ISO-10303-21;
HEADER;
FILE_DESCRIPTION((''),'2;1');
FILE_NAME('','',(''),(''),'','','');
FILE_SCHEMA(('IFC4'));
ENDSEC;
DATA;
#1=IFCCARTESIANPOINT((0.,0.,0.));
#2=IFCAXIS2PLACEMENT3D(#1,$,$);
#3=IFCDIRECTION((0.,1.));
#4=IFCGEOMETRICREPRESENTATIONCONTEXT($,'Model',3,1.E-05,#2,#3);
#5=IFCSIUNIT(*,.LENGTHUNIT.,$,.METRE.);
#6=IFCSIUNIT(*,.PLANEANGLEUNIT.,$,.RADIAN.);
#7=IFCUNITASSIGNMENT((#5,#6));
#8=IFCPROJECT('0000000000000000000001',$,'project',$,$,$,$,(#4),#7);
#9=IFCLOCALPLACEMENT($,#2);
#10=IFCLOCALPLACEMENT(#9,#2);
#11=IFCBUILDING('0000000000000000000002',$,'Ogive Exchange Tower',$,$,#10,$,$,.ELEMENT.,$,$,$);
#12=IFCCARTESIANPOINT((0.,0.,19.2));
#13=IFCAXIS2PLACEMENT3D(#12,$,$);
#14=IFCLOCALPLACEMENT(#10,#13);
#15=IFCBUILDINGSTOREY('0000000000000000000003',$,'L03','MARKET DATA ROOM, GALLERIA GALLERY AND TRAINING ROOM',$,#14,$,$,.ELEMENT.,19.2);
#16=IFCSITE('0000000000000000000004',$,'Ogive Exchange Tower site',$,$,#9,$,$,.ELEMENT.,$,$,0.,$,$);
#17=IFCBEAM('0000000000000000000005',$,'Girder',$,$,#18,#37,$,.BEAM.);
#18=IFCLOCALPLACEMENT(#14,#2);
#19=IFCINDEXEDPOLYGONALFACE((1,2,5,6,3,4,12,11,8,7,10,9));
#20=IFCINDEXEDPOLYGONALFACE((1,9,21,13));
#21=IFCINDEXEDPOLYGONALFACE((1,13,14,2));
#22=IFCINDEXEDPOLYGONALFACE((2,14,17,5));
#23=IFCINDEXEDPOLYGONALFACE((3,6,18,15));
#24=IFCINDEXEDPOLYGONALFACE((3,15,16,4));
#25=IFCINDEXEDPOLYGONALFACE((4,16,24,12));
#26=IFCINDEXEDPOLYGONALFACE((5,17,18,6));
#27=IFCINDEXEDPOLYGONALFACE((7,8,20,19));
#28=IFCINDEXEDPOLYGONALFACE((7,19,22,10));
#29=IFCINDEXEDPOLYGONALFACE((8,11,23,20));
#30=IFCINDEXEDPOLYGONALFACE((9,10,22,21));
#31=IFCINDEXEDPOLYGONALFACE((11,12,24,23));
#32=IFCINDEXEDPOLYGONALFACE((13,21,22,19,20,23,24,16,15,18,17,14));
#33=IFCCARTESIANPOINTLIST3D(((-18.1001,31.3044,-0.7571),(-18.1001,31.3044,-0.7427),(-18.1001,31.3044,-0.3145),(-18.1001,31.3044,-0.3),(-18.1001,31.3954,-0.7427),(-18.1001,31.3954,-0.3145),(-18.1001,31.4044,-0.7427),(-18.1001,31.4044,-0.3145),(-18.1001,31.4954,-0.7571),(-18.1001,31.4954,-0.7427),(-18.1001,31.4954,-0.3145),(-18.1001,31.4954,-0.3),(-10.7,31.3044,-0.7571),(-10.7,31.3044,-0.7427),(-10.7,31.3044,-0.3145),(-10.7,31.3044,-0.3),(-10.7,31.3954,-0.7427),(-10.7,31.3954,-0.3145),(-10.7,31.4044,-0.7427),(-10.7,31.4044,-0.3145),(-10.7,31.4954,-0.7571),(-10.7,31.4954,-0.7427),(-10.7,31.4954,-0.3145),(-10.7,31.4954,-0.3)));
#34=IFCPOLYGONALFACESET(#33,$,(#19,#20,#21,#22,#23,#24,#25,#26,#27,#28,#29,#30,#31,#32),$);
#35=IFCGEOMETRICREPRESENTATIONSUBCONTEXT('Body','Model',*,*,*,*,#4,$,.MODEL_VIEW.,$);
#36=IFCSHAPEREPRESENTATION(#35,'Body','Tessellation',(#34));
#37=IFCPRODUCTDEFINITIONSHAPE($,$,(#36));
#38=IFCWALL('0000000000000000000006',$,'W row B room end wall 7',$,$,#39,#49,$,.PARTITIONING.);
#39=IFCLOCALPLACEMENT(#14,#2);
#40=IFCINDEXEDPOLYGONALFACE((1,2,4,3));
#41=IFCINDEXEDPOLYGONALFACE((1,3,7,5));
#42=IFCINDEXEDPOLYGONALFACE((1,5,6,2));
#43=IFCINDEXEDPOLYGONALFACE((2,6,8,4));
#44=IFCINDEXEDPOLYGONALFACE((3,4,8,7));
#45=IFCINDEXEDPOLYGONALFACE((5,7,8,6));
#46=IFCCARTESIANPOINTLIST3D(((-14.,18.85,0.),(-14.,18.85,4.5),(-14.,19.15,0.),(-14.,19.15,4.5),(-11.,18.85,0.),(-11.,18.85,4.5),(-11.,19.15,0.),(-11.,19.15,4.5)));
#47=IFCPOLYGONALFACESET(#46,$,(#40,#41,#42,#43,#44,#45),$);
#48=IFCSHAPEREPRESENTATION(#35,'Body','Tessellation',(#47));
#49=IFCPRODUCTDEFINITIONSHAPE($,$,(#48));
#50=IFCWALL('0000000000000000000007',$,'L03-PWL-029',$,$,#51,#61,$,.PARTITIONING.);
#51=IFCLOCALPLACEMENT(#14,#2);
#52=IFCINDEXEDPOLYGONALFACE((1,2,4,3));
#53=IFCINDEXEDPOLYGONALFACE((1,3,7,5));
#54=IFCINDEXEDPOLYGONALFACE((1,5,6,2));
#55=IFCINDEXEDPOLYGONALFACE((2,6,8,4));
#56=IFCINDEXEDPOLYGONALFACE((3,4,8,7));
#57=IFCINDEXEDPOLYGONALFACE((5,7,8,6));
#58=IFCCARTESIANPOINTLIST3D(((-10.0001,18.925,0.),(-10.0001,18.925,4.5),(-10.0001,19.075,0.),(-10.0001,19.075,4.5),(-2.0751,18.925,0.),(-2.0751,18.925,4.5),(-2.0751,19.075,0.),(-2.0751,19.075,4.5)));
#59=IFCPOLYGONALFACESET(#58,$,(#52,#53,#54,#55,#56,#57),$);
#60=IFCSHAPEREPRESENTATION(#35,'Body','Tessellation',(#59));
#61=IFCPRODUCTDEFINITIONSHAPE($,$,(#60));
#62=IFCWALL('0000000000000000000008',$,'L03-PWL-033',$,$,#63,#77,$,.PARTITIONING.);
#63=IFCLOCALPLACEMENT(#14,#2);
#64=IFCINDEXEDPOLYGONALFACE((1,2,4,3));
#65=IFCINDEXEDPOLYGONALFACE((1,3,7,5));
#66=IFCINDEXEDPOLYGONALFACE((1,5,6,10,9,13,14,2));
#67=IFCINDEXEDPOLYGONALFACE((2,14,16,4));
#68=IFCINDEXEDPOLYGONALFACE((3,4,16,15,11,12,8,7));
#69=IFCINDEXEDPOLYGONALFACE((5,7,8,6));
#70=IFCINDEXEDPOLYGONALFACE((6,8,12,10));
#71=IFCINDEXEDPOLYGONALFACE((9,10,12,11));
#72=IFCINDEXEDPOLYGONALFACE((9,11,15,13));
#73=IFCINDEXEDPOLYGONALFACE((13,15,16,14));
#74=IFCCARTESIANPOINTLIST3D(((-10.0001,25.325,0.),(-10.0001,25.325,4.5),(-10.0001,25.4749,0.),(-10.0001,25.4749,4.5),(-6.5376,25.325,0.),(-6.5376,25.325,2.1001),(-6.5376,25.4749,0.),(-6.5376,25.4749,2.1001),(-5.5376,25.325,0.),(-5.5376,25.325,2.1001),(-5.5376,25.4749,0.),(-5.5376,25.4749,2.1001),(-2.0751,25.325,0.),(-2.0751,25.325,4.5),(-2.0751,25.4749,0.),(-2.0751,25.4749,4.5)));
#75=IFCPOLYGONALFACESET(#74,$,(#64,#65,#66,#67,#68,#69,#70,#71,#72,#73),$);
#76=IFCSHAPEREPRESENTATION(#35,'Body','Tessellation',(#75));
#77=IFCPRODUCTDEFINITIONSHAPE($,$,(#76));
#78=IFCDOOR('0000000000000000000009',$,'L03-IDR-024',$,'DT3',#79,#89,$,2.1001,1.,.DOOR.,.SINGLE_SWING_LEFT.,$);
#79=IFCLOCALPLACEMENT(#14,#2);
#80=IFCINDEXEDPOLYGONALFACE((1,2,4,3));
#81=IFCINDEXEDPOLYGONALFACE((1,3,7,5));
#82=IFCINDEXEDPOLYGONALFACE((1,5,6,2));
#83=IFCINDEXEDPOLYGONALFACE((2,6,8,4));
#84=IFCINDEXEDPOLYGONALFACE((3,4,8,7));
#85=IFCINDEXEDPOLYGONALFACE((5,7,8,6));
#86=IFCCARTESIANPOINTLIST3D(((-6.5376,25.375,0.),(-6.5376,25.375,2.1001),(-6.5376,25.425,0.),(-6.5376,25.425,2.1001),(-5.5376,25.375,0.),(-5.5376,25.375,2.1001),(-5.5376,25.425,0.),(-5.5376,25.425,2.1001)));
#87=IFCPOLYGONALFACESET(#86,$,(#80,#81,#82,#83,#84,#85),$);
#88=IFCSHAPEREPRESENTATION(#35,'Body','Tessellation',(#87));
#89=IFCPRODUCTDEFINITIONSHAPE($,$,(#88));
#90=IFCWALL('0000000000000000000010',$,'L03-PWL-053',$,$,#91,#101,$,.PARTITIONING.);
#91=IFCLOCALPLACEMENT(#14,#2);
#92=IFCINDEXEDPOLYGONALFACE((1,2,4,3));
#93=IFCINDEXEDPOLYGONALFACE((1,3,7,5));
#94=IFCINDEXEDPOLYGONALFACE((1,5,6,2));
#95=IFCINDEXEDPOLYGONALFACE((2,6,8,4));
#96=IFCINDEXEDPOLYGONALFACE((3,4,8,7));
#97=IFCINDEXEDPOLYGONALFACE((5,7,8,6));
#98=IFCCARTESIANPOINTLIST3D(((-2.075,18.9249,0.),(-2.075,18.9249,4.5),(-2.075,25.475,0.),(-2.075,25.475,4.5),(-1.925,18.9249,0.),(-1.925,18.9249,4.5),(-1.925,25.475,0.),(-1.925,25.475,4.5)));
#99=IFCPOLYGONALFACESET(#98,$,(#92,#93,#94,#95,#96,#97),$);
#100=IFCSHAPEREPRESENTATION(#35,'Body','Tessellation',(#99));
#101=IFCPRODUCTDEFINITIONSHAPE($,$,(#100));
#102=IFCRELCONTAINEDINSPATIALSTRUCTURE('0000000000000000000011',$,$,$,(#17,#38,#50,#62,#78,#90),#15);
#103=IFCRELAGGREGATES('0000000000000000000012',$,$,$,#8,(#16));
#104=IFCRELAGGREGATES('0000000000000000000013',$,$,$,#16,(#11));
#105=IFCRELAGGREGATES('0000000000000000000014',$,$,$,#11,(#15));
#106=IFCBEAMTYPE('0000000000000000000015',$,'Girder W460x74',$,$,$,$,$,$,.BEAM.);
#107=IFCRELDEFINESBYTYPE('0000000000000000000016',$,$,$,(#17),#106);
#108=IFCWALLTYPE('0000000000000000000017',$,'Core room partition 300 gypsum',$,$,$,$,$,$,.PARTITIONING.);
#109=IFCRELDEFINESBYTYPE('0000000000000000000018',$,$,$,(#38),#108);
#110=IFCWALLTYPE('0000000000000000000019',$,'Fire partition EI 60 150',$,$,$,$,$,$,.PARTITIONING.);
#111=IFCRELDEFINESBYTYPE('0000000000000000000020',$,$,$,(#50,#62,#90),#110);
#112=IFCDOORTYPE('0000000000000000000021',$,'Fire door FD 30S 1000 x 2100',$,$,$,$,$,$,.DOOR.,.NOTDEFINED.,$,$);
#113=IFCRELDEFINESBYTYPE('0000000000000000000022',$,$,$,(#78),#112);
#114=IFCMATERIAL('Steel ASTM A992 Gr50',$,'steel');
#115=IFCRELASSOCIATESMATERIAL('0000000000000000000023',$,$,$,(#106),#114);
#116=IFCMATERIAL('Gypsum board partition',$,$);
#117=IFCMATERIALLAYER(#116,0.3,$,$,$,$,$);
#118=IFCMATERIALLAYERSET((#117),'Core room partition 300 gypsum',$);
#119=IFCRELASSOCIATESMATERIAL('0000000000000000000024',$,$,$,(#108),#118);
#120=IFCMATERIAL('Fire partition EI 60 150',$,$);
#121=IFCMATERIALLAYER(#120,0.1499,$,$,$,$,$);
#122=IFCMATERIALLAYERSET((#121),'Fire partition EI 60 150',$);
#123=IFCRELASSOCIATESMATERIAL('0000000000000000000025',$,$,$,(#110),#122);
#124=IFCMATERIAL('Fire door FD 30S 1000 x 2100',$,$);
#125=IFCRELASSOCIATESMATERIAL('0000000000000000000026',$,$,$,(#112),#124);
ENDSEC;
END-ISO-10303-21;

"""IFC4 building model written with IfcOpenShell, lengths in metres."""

from ifc_helpers import new_model, si_unit, direction, frame, frame_2d, origin, origin_2d, place, context, subcontext, project, spatial, rectangle, i_section, extrude, material, layer, layer_set, material_profile, profile_set, type_object, element, fill, save


model = new_model("IFC4")

# Units and contexts
model_context = context("Model", 3, precision=1e-05, world=origin(), true_north=direction((0.0, 1.0)))
body_context = subcontext(model_context, "Body", "Model", "MODEL_VIEW")
ifc_project = project(units=[si_unit("LENGTHUNIT", "METRE"), si_unit("PLANEANGLEUNIT", "RADIAN")], contexts=[model_context])

# Site, building, storey
site_placement = place(None, origin())
site = spatial("IfcSite", under=ifc_project, at=site_placement, Name="Ogive Exchange Tower site", CompositionType="ELEMENT", RefElevation=0.0)
building_placement = place(site_placement, origin())
building = spatial("IfcBuilding", under=site, at=building_placement, Name="Ogive Exchange Tower", CompositionType="ELEMENT")
storey_placement = place(building_placement, frame((0.0, 0.0, 19.2)))
storey = spatial("IfcBuildingStorey", under=building, at=storey_placement, Name="L03", Description="MARKET DATA ROOM, GALLERIA GALLERY AND TRAINING ROOM", CompositionType="ELEMENT", Elevation=19.2)

# Beam
ifc_material_1 = material(Name="Steel ASTM A992 Gr50", Category="steel")
ifc_material_profile_1 = material_profile(ifc_material_1, i_section(OverallWidth=0.1909, OverallDepth=0.457, WebThickness=0.009, FlangeThickness=0.0144, at=origin_2d()), Name="W460x74")
ifc_profile_set_1 = profile_set([ifc_material_profile_1], Name="Steel ASTM A992 Gr50")
beam_type_1 = type_object("IfcBeamType", Name="Girder W460x74", PredefinedType="BEAM", material=ifc_profile_set_1)
beam_1_placement = place(storey_placement, frame((-10.7, 31.3999, -0.5286), z_axis=(-1.0, 0.0, 0.0), x_axis=(0.0, -1.0, 0.0)))
element("IfcBeam", 1, at=beam_1_placement, inside=storey, type_object=beam_type_1, Name="Girder", PredefinedType="BEAM", context=body_context, shape_type="SweptSolid", body=[
    extrude(i_section(OverallWidth=0.1909, OverallDepth=0.457, WebThickness=0.009, FlangeThickness=0.0144, at=origin_2d()), origin(), (0.0, 0.0, 1.0), 7.4001),
])

# Walls
ifc_material_2 = material(Name="Gypsum board partition")
ifc_layer_1 = layer(ifc_material_2, 0.3)
ifc_layer_set_1 = layer_set([ifc_layer_1], Name="Core room partition 300 gypsum")
wall_type_1 = type_object("IfcWallType", Name="Core room partition 300 gypsum", PredefinedType="PARTITIONING", material=ifc_layer_set_1)
wall_1_placement = place(storey_placement, frame((-14.0, 19.0, 0.0), z_axis=(0.0, 0.0, 1.0), x_axis=(1.0, 0.0, 0.0)))
element("IfcWall", 2, at=wall_1_placement, inside=storey, type_object=wall_type_1, Name="W row B room end wall 7", PredefinedType="PARTITIONING", context=body_context, shape_type="SweptSolid", body=[
    extrude(rectangle(XDim=3.0, YDim=0.3, at=frame_2d((1.5, 0.0))), origin(), (0.0, 0.0, 1.0), 4.5),
])
ifc_material_3 = material(Name="Fire partition EI 60 150")
ifc_layer_2 = layer(ifc_material_3, 0.1499)
ifc_layer_set_2 = layer_set([ifc_layer_2], Name="Fire partition EI 60 150")
wall_type_2 = type_object("IfcWallType", Name="Fire partition EI 60 150", PredefinedType="PARTITIONING", material=ifc_layer_set_2)
wall_2_placement = place(storey_placement, frame((-10.0, 19.0, 0.0), z_axis=(0.0, 0.0, 1.0), x_axis=(1.0, 0.0, 0.0)))
element("IfcWall", 3, at=wall_2_placement, inside=storey, type_object=wall_type_2, Name="L03-PWL-029", PredefinedType="PARTITIONING", context=body_context, shape_type="SweptSolid", body=[
    extrude(rectangle(XDim=7.925, YDim=0.1499, at=frame_2d((3.9624, 0.0))), origin(), (0.0, 0.0, 1.0), 4.5),
])

# Wall, opening, door
wall_3_placement = place(storey_placement, frame((-10.0, 25.3999, 0.0), z_axis=(0.0, 0.0, 1.0), x_axis=(1.0, 0.0, 0.0)))
wall_3 = element("IfcWall", 4, at=wall_3_placement, inside=storey, type_object=wall_type_2, Name="L03-PWL-033", PredefinedType="PARTITIONING", context=body_context, shape_type="SweptSolid", body=[
    extrude(rectangle(XDim=7.925, YDim=0.1499, at=frame_2d((3.9624, 0.0))), origin(), (0.0, 0.0, 1.0), 4.5),
])
opening_1_placement = place(wall_3_placement, frame((3.4624, 0.0, 0.0)))
opening_1 = element("IfcOpeningElement", 5, at=opening_1_placement, cuts=wall_3, PredefinedType="OPENING", context=body_context, shape_type="SweptSolid", body=[
    extrude(rectangle(XDim=1.0, YDim=2.1001, at=frame_2d((0.5, 1.05))), frame((0.0, 0.085, 0.0), z_axis=(0.0, -1.0, 0.0), x_axis=(1.0, 0.0, 0.0)), (0.0, 0.0, 1.0), 0.1699),
])
ifc_material_4 = material(Name="Fire door FD 30S 1000 x 2100")
door_type_1 = type_object("IfcDoorType", Name="Fire door FD 30S 1000 x 2100", OperationType="NOTDEFINED", PredefinedType="DOOR", material=ifc_material_4)
door_1_placement = place(opening_1_placement, frame((1.0, 0.0, 0.0), z_axis=(0.0, 0.0, 1.0), x_axis=(-1.0, 0.0, 0.0)))
door_1 = element("IfcDoor", 6, at=door_1_placement, inside=storey, type_object=door_type_1, Name="L03-IDR-024", ObjectType="DT3", OperationType="SINGLE_SWING_LEFT", OverallHeight=2.1001, OverallWidth=1.0, PredefinedType="DOOR", context=body_context, shape_type="SweptSolid", body=[
    extrude(rectangle(XDim=1.0, YDim=2.1001, at=frame_2d((0.5, 1.05))), frame((0.0, 0.0249, 0.0), z_axis=(0.0, -1.0, 0.0), x_axis=(1.0, 0.0, 0.0)), (0.0, 0.0, 1.0), 0.05),
])
fill(opening_1, door_1)

# Wall
wall_4_placement = place(storey_placement, frame((-2.0, 18.925, 0.0), z_axis=(0.0, 0.0, 1.0), x_axis=(0.0, 1.0, 0.0)))
element("IfcWall", 7, at=wall_4_placement, inside=storey, type_object=wall_type_2, Name="L03-PWL-053", PredefinedType="PARTITIONING", context=body_context, shape_type="SweptSolid", body=[
    extrude(rectangle(XDim=6.55, YDim=0.1499, at=frame_2d((3.2749, 0.0))), origin(), (0.0, 0.0, 1.0), 4.5),
])

save(model, "model.ifc")
